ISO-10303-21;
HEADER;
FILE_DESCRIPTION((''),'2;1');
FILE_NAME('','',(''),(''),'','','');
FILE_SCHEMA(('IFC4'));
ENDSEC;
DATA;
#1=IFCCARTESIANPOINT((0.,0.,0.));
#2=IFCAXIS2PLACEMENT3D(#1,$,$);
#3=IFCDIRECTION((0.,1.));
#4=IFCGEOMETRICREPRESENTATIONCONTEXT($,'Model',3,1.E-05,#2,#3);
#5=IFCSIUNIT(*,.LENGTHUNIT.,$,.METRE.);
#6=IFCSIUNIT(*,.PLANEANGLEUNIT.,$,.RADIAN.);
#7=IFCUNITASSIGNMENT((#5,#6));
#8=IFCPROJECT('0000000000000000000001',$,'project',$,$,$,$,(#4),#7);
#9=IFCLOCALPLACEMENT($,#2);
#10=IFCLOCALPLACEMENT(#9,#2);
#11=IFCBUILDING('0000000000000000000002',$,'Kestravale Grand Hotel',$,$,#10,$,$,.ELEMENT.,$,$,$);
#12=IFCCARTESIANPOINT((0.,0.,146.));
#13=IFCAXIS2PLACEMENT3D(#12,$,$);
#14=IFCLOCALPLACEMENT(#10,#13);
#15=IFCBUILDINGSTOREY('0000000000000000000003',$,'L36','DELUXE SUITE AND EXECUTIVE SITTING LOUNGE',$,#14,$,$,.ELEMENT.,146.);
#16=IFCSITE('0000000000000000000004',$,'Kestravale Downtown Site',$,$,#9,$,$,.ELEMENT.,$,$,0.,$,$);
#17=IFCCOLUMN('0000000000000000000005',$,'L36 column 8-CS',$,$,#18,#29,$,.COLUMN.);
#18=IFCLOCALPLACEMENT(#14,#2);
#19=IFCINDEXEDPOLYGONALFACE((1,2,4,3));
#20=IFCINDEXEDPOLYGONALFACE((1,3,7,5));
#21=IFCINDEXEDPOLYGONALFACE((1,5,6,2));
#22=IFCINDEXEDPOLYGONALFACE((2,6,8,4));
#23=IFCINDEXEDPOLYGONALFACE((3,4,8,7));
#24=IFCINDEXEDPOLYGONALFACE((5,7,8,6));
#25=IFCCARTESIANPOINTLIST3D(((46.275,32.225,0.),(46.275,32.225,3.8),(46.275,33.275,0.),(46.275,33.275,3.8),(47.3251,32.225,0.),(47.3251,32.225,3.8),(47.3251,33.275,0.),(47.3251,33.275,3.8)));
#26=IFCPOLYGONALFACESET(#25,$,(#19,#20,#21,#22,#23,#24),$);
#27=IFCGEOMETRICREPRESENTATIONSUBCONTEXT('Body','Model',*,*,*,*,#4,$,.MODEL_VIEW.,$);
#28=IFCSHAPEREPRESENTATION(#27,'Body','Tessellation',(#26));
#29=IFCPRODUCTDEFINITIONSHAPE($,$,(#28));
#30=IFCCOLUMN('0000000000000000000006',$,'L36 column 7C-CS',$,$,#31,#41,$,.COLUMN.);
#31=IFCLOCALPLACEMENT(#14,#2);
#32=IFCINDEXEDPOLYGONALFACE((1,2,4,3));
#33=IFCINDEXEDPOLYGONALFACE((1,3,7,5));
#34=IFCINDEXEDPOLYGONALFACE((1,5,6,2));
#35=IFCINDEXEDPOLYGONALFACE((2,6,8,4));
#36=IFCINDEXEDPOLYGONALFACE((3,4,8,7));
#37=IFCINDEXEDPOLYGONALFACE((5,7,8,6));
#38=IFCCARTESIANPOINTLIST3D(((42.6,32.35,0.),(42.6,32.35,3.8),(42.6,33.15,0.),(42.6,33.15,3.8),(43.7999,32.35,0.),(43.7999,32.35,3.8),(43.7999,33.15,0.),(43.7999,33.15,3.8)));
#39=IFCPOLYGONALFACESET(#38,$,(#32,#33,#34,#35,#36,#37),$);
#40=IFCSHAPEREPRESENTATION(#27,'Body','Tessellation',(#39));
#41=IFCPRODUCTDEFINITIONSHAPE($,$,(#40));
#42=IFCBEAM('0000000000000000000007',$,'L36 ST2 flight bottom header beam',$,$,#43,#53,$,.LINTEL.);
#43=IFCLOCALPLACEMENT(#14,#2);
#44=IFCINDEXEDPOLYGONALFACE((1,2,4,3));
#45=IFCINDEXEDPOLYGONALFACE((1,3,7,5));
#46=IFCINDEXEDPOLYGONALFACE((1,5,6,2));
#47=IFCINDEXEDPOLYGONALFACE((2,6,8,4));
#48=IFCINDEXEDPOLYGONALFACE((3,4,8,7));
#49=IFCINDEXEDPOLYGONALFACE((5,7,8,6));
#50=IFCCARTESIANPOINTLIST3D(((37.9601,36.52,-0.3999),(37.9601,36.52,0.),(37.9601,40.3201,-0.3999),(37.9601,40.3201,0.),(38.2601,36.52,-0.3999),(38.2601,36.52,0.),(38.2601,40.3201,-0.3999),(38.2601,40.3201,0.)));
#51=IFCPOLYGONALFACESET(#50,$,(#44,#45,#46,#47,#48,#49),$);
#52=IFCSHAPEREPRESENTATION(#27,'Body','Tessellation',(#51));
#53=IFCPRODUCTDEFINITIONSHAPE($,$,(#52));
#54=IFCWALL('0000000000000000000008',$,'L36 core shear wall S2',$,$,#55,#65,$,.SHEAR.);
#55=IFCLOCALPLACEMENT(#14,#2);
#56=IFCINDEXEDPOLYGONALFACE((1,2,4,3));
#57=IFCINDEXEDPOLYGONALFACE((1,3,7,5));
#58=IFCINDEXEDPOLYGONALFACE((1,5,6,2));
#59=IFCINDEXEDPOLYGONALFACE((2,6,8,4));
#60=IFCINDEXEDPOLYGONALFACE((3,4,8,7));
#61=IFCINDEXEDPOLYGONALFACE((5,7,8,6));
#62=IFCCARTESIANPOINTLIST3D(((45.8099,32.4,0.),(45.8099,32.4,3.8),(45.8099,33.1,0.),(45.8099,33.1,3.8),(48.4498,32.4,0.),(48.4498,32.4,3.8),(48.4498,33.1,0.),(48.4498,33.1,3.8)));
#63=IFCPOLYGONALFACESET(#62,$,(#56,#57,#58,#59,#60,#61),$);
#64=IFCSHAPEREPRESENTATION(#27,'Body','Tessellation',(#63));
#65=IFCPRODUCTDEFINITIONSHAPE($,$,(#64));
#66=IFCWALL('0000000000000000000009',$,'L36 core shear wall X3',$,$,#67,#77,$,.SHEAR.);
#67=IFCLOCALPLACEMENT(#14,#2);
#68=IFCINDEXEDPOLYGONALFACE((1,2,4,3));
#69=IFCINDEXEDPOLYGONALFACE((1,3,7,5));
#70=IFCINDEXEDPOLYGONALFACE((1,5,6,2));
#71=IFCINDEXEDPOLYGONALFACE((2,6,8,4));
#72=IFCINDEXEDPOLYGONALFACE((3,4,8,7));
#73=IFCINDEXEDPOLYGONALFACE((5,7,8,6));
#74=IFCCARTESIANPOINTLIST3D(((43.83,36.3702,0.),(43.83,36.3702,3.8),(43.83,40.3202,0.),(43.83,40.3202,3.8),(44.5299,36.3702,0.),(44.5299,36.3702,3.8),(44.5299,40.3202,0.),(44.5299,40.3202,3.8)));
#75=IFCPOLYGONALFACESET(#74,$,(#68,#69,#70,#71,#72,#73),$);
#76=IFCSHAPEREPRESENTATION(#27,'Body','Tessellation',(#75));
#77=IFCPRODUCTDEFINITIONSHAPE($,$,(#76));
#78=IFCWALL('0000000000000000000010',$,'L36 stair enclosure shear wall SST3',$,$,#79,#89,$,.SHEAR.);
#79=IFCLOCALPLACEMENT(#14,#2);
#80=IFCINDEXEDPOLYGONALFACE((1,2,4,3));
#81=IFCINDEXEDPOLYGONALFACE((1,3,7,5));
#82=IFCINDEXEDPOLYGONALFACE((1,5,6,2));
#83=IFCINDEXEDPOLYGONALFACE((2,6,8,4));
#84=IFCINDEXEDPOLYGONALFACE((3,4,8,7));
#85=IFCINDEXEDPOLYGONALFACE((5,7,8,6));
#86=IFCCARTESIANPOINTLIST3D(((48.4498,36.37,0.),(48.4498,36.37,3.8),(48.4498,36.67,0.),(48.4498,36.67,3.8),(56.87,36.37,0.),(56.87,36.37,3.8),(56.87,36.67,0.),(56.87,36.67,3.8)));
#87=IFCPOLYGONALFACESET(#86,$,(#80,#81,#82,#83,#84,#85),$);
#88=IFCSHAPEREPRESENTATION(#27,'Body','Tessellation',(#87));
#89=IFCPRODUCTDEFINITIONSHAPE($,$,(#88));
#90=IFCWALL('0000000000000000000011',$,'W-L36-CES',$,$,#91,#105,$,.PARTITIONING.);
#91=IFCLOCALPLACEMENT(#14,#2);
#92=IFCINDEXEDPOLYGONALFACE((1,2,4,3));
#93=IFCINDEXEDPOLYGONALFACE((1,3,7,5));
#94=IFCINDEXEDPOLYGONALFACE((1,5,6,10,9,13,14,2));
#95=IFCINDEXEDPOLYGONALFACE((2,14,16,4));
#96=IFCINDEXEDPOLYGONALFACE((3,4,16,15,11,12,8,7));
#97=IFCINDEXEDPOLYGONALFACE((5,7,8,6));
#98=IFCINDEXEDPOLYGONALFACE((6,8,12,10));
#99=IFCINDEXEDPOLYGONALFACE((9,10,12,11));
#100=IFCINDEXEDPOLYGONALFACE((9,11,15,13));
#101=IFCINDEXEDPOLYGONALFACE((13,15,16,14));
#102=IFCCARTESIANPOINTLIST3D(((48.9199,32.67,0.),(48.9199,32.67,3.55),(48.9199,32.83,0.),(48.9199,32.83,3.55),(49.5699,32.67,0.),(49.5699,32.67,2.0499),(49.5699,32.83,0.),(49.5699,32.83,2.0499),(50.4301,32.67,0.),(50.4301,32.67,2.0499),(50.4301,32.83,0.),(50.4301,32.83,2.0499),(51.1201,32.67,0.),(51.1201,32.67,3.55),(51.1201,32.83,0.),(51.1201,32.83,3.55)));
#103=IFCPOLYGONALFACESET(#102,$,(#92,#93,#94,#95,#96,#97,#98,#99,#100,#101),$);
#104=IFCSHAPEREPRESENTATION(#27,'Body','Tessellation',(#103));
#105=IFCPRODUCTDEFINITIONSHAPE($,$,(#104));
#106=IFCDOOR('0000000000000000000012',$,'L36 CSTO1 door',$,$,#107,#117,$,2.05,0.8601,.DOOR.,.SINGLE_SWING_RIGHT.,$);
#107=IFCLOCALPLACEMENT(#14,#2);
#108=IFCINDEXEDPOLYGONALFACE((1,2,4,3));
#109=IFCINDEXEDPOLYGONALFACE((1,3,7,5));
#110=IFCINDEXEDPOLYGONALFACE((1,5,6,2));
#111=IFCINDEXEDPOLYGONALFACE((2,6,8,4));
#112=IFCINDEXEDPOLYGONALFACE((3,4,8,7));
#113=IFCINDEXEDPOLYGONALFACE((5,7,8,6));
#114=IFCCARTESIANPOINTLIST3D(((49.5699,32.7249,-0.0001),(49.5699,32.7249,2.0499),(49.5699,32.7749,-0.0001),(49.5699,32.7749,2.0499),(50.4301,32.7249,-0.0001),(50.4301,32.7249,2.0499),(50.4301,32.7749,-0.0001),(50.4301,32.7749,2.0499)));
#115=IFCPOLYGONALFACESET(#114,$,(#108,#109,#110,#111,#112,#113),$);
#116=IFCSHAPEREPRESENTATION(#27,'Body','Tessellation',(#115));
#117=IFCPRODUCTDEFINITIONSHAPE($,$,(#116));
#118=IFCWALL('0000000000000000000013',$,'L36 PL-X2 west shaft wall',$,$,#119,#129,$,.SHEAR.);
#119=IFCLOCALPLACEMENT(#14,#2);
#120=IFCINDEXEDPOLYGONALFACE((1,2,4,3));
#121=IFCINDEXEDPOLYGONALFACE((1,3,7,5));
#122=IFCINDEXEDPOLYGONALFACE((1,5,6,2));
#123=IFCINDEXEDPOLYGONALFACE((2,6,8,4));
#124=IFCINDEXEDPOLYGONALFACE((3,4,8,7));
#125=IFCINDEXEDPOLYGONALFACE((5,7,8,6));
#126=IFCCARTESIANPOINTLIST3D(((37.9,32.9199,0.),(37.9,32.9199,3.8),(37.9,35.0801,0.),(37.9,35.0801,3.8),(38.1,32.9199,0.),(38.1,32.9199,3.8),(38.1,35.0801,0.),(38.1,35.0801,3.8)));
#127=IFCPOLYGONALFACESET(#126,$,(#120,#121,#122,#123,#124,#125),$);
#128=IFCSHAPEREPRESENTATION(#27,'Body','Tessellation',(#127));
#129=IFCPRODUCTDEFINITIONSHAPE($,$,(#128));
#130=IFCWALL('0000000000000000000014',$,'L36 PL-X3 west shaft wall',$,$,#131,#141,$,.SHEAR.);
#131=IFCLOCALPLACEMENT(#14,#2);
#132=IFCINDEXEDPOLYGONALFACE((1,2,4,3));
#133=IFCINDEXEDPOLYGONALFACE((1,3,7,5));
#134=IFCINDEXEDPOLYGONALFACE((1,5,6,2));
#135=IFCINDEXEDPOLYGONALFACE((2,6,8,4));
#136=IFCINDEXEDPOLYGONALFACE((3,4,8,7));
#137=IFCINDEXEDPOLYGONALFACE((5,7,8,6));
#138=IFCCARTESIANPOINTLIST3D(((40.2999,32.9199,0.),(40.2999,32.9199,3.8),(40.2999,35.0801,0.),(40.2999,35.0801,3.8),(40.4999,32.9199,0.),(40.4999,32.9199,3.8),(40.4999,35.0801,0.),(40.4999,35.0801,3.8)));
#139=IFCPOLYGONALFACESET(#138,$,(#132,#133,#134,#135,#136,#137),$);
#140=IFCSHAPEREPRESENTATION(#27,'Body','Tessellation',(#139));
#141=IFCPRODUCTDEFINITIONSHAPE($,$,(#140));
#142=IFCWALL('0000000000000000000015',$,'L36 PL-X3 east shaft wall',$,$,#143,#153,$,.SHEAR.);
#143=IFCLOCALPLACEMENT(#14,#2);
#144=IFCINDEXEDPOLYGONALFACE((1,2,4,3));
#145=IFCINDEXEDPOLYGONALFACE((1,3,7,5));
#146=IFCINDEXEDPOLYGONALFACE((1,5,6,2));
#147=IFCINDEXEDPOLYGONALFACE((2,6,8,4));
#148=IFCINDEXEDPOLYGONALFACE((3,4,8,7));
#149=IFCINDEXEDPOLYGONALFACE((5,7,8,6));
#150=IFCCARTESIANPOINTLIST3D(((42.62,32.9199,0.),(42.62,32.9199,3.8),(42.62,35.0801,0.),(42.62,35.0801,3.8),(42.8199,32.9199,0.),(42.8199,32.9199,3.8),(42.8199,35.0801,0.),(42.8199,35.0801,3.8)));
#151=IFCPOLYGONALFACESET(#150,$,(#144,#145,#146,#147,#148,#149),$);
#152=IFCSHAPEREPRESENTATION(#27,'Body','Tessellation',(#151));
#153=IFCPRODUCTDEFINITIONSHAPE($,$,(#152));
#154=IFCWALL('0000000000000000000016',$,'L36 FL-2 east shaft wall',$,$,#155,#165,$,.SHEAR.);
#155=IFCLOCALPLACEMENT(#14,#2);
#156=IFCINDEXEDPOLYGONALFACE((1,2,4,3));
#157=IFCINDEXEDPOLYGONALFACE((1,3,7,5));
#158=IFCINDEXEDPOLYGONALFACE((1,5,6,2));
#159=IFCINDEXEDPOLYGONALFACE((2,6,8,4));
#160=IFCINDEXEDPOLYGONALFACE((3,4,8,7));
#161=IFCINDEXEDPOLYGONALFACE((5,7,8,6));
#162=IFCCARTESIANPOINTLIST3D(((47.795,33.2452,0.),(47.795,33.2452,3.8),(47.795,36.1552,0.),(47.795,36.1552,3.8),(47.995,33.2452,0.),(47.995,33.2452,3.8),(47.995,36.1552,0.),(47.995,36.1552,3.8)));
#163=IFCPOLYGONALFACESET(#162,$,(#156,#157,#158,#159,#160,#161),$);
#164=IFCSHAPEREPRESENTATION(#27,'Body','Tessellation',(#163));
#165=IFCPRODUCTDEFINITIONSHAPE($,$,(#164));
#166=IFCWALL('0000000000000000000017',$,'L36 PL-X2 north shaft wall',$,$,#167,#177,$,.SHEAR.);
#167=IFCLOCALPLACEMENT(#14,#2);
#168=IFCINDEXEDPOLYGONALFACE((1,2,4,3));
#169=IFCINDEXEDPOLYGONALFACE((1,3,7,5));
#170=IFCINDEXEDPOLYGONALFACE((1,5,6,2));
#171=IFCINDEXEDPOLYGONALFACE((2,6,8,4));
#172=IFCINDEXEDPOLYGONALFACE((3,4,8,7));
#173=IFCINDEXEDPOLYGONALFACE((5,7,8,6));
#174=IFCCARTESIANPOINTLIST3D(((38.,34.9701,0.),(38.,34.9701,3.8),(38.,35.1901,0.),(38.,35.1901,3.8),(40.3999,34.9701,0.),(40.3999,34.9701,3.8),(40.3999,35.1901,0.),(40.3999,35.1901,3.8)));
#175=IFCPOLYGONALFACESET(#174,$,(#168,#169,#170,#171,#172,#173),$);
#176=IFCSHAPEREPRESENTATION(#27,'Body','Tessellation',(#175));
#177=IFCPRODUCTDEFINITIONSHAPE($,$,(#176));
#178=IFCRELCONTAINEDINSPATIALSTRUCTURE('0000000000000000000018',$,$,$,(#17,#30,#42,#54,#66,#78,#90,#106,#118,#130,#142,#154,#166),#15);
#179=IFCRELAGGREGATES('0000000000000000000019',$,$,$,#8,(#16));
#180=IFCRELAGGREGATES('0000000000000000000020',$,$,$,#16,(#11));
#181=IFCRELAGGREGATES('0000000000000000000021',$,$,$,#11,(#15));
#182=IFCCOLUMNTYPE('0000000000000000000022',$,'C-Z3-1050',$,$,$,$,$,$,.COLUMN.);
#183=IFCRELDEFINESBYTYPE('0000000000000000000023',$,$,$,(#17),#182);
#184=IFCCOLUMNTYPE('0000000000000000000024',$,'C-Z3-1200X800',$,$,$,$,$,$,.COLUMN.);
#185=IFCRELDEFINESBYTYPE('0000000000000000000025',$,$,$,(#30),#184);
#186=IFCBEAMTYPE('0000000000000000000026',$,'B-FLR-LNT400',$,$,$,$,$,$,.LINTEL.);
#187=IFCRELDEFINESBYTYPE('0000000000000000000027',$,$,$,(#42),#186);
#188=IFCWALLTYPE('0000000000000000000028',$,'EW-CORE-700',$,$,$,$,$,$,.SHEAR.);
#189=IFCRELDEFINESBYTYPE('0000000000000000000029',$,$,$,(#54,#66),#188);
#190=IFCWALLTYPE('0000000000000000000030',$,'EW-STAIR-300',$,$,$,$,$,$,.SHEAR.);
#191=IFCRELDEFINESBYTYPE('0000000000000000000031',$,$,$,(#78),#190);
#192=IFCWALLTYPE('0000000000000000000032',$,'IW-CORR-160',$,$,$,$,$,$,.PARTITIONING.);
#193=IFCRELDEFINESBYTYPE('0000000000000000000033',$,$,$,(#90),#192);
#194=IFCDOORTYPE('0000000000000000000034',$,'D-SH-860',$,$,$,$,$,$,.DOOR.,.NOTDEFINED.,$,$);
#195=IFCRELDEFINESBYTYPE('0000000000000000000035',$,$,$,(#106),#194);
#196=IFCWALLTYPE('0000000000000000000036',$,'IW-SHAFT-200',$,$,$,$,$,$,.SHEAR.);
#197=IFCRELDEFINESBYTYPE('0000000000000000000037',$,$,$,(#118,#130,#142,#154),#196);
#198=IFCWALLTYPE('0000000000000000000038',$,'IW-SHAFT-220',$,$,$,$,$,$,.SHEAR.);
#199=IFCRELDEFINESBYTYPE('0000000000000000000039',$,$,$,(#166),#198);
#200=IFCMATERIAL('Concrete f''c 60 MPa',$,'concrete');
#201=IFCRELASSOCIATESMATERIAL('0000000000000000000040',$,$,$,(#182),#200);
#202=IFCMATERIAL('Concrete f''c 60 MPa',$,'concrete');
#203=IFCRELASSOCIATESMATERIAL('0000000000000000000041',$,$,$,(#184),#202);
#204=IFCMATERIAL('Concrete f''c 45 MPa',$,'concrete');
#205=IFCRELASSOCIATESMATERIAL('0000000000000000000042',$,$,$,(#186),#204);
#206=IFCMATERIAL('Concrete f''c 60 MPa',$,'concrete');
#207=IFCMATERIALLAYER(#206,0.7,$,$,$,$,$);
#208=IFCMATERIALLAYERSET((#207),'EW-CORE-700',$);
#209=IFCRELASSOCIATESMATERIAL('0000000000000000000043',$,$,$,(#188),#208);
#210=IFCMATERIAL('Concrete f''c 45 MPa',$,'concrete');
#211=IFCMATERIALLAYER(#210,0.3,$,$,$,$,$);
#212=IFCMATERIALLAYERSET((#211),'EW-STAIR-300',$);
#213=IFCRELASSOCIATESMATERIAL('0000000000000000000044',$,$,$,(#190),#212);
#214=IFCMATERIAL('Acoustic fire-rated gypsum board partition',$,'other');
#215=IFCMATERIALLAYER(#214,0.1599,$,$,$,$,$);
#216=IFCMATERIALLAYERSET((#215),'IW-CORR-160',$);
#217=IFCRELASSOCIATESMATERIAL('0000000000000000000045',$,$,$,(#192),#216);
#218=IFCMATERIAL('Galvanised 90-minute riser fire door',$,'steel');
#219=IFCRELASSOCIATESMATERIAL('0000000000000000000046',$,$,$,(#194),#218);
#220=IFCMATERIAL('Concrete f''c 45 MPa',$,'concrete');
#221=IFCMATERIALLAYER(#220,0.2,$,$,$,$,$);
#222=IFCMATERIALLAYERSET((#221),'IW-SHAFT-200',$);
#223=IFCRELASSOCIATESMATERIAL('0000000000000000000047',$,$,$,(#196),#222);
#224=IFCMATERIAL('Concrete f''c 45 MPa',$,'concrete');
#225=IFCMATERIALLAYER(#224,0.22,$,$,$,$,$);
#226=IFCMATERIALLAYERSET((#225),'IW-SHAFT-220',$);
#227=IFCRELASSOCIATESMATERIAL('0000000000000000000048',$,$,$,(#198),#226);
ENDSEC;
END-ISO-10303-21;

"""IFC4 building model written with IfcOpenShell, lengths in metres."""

from ifc_helpers import new_model, si_unit, direction, frame, frame_2d, origin, origin_2d, place, context, subcontext, project, spatial, rectangle, extrude, material, layer, layer_set, material_profile, profile_set, type_object, element, fill, save


model = new_model("IFC4")

# Units and contexts
model_context = context("Model", 3, precision=1e-05, world=origin(), true_north=direction((0.0, 1.0)))
body_context = subcontext(model_context, "Body", "Model", "MODEL_VIEW")
ifc_project = project(units=[si_unit("LENGTHUNIT", "METRE"), si_unit("PLANEANGLEUNIT", "RADIAN")], contexts=[model_context])

# Site, building, storey
site_placement = place(None, origin())
site = spatial("IfcSite", under=ifc_project, at=site_placement, Name="Kestravale Downtown Site", CompositionType="ELEMENT", RefElevation=0.0)
building_placement = place(site_placement, origin())
building = spatial("IfcBuilding", under=site, at=building_placement, Name="Kestravale Grand Hotel", CompositionType="ELEMENT")
storey_placement = place(building_placement, frame((0.0, 0.0, 146.0)))
storey = spatial("IfcBuildingStorey", under=building, at=storey_placement, Name="L36", Description="DELUXE SUITE AND EXECUTIVE SITTING LOUNGE", CompositionType="ELEMENT", Elevation=146.0)

# Columns
ifc_material_1 = material(Name="Concrete f'c 60 MPa", Category="concrete")
ifc_material_profile_1 = material_profile(ifc_material_1, rectangle(XDim=1.05, YDim=1.05, at=origin_2d()))
ifc_profile_set_1 = profile_set([ifc_material_profile_1], Name="Concrete f'c 60 MPa")
column_type_1 = type_object("IfcColumnType", Name="C-Z3-1050", PredefinedType="COLUMN", material=ifc_profile_set_1)
column_1_placement = place(storey_placement, frame((46.8, 32.75, 0.0), z_axis=(0.0, 0.0, 1.0), x_axis=(1.0, 0.0, 0.0)))
element("IfcColumn", 1, at=column_1_placement, inside=storey, type_object=column_type_1, Name="L36 column 8-CS", PredefinedType="COLUMN", context=body_context, shape_type="SweptSolid", body=[
    extrude(rectangle(XDim=1.05, YDim=1.05, at=origin_2d()), origin(), (0.0, 0.0, 1.0), 3.8),
])
ifc_material_2 = material(Name="Concrete f'c 60 MPa", Category="concrete")
ifc_material_profile_2 = material_profile(ifc_material_2, rectangle(XDim=1.2, YDim=0.8, at=origin_2d()))
ifc_profile_set_2 = profile_set([ifc_material_profile_2], Name="Concrete f'c 60 MPa")
column_type_2 = type_object("IfcColumnType", Name="C-Z3-1200X800", PredefinedType="COLUMN", material=ifc_profile_set_2)
column_2_placement = place(storey_placement, frame((43.2, 32.75, 0.0), z_axis=(0.0, 0.0, 1.0), x_axis=(1.0, 0.0, 0.0)))
element("IfcColumn", 2, at=column_2_placement, inside=storey, type_object=column_type_2, Name="L36 column 7C-CS", PredefinedType="COLUMN", context=body_context, shape_type="SweptSolid", body=[
    extrude(rectangle(XDim=1.2, YDim=0.8, at=origin_2d()), origin(), (0.0, 0.0, 1.0), 3.8),
])

# Beam
ifc_material_3 = material(Name="Concrete f'c 45 MPa", Category="concrete")
ifc_material_profile_3 = material_profile(ifc_material_3, rectangle(XDim=0.3, YDim=0.3999, at=origin_2d()))
ifc_profile_set_3 = profile_set([ifc_material_profile_3], Name="Concrete f'c 45 MPa")
beam_type = type_object("IfcBeamType", Name="B-FLR-LNT400", PredefinedType="LINTEL", material=ifc_profile_set_3)
beam_placement = place(storey_placement, frame((38.1101, 36.52, -0.2), z_axis=(0.0, 1.0, 0.0), x_axis=(-1.0, 0.0, 0.0)))
element("IfcBeam", 3, at=beam_placement, inside=storey, type_object=beam_type, Name="L36 ST2 flight bottom header beam", PredefinedType="LINTEL", context=body_context, shape_type="SweptSolid", body=[
    extrude(rectangle(XDim=0.3, YDim=0.3999, at=origin_2d()), origin(), (0.0, 0.0, 1.0), 3.8),
])

# Walls
ifc_material_4 = material(Name="Concrete f'c 60 MPa", Category="concrete")
ifc_layer_1 = layer(ifc_material_4, 0.7)
ifc_layer_set_1 = layer_set([ifc_layer_1], Name="EW-CORE-700")
wall_type_1 = type_object("IfcWallType", Name="EW-CORE-700", PredefinedType="SHEAR", material=ifc_layer_set_1)
wall_1_placement = place(storey_placement, frame((45.8101, 32.75, 0.0), z_axis=(0.0, 0.0, 1.0), x_axis=(1.0, 0.0, 0.0)))
element("IfcWall", 4, at=wall_1_placement, inside=storey, type_object=wall_type_1, Name="L36 core shear wall S2", PredefinedType="SHEAR", context=body_context, shape_type="SweptSolid", body=[
    extrude(rectangle(XDim=2.6399, YDim=0.7, at=frame_2d((1.3198, 0.0))), origin(), (0.0, 0.0, 1.0), 3.8),
])
wall_2_placement = place(storey_placement, frame((44.1799, 36.3701, 0.0), z_axis=(0.0, 0.0, 1.0), x_axis=(0.0, 1.0, 0.0)))
element("IfcWall", 5, at=wall_2_placement, inside=storey, type_object=wall_type_1, Name="L36 core shear wall X3", PredefinedType="SHEAR", context=body_context, shape_type="SweptSolid", body=[
    extrude(rectangle(XDim=3.95, YDim=0.7, at=frame_2d((1.9751, 0.0))), origin(), (0.0, 0.0, 1.0), 3.8),
])
ifc_material_5 = material(Name="Concrete f'c 45 MPa", Category="concrete")
ifc_layer_2 = layer(ifc_material_5, 0.3)
ifc_layer_set_2 = layer_set([ifc_layer_2], Name="EW-STAIR-300")
wall_type_2 = type_object("IfcWallType", Name="EW-STAIR-300", PredefinedType="SHEAR", material=ifc_layer_set_2)
wall_3_placement = place(storey_placement, frame((48.45, 36.52, 0.0), z_axis=(0.0, 0.0, 1.0), x_axis=(1.0, 0.0, 0.0)))
element("IfcWall", 6, at=wall_3_placement, inside=storey, type_object=wall_type_2, Name="L36 stair enclosure shear wall SST3", PredefinedType="SHEAR", context=body_context, shape_type="SweptSolid", body=[
    extrude(rectangle(XDim=8.4202, YDim=0.3, at=frame_2d((4.21, 0.0))), origin(), (0.0, 0.0, 1.0), 3.8),
])

# Wall, opening, door
ifc_material_6 = material(Name="Acoustic fire-rated gypsum board partition", Category="other")
ifc_layer_3 = layer(ifc_material_6, 0.1599)
ifc_layer_set_3 = layer_set([ifc_layer_3], Name="IW-CORR-160")
wall_type_3 = type_object("IfcWallType", Name="IW-CORR-160", PredefinedType="PARTITIONING", material=ifc_layer_set_3)
wall_4_placement = place(storey_placement, frame((48.9199, 32.75, 0.0), z_axis=(0.0, 0.0, 1.0), x_axis=(1.0, 0.0, 0.0)))
wall_4 = element("IfcWall", 7, at=wall_4_placement, inside=storey, type_object=wall_type_3, Name="W-L36-CES", PredefinedType="PARTITIONING", context=body_context, shape_type="SweptSolid", body=[
    extrude(rectangle(XDim=2.2002, YDim=0.1599, at=frame_2d((1.1001, 0.0))), origin(), (0.0, 0.0, 1.0), 3.55),
])
opening_1_placement = place(wall_4_placement, frame((0.6499, 0.0, 0.0)))
opening_1 = element("IfcOpeningElement", 8, at=opening_1_placement, cuts=wall_4, PredefinedType="OPENING", context=body_context, shape_type="SweptSolid", body=[
    extrude(rectangle(XDim=0.8601, YDim=2.05, at=frame_2d((0.4302, 1.0249))), frame((0.0, 0.0898, 0.0), z_axis=(0.0, -1.0, 0.0), x_axis=(1.0, 0.0, 0.0)), (0.0, 0.0, 1.0), 0.1799),
])
ifc_material_7 = material(Name="Galvanised 90-minute riser fire door", Category="steel")
door_type_1 = type_object("IfcDoorType", Name="D-SH-860", OperationType="NOTDEFINED", PredefinedType="DOOR", material=ifc_material_7)
door_1_placement = place(opening_1_placement, origin())
door_1 = element("IfcDoor", 9, at=door_1_placement, inside=storey, type_object=door_type_1, Name="L36 CSTO1 door", OperationType="SINGLE_SWING_RIGHT", OverallHeight=2.05, OverallWidth=0.8601, PredefinedType="DOOR", context=body_context, shape_type="SweptSolid", body=[
    extrude(rectangle(XDim=0.8601, YDim=2.05, at=frame_2d((0.4302, 1.0249))), frame((0.0, 0.0249, 0.0), z_axis=(0.0, -1.0, 0.0), x_axis=(1.0, 0.0, 0.0)), (0.0, 0.0, 1.0), 0.05),
])
fill(opening_1, door_1)

# Walls
ifc_material_8 = material(Name="Concrete f'c 45 MPa", Category="concrete")
ifc_layer_4 = layer(ifc_material_8, 0.2)
ifc_layer_set_4 = layer_set([ifc_layer_4], Name="IW-SHAFT-200")
wall_type_4 = type_object("IfcWallType", Name="IW-SHAFT-200", PredefinedType="SHEAR", material=ifc_layer_set_4)
for number, where, z_axis, x_axis, name in (
    (10, (38.0, 32.9199, 0.0), (0.0, 0.0, 1.0), (0.0, 1.0, 0.0), "L36 PL-X2 west shaft wall"),
    (11, (40.3999, 32.9199, 0.0), (0.0, 0.0, 1.0), (0.0, 1.0, 0.0), "L36 PL-X3 west shaft wall"),
    (12, (42.72, 32.9199, 0.0), (0.0, 0.0, 1.0), (0.0, 1.0, 0.0), "L36 PL-X3 east shaft wall"),
):
    element("IfcWall", number, at=place(storey_placement, frame(where, z_axis=z_axis, x_axis=x_axis)), inside=storey, type_object=wall_type_4, Name=name, PredefinedType="SHEAR", context=body_context, shape_type="SweptSolid", body=[
        extrude(rectangle(XDim=2.1602, YDim=0.2, at=frame_2d((1.0801, 0.0))), origin(), (0.0, 0.0, 1.0), 3.8),
    ])
wall_5_placement = place(storey_placement, frame((47.895, 33.2451, 0.0), z_axis=(0.0, 0.0, 1.0), x_axis=(0.0, 1.0, 0.0)))
element("IfcWall", 13, at=wall_5_placement, inside=storey, type_object=wall_type_4, Name="L36 FL-2 east shaft wall", PredefinedType="SHEAR", context=body_context, shape_type="SweptSolid", body=[
    extrude(rectangle(XDim=2.9099, YDim=0.2, at=frame_2d((1.4551, 0.0))), origin(), (0.0, 0.0, 1.0), 3.8),
])
ifc_material_9 = material(Name="Concrete f'c 45 MPa", Category="concrete")
ifc_layer_5 = layer(ifc_material_9, 0.22)
ifc_layer_set_5 = layer_set([ifc_layer_5], Name="IW-SHAFT-220")
wall_type_5 = type_object("IfcWallType", Name="IW-SHAFT-220", PredefinedType="SHEAR", material=ifc_layer_set_5)
for number, where, z_axis, x_axis, name in (
    (14, (38.0, 35.0801, 0.0), (0.0, 0.0, 1.0), (1.0, 0.0, 0.0), "L36 PL-X2 north shaft wall"),
):
    element("IfcWall", number, at=place(storey_placement, frame(where, z_axis=z_axis, x_axis=x_axis)), inside=storey, type_object=wall_type_5, Name=name, PredefinedType="SHEAR", context=body_context, shape_type="SweptSolid", body=[
        extrude(rectangle(XDim=2.3999, YDim=0.22, at=frame_2d((1.2, 0.0))), origin(), (0.0, 0.0, 1.0), 3.8),
    ])

save(model, "model.ifc")
